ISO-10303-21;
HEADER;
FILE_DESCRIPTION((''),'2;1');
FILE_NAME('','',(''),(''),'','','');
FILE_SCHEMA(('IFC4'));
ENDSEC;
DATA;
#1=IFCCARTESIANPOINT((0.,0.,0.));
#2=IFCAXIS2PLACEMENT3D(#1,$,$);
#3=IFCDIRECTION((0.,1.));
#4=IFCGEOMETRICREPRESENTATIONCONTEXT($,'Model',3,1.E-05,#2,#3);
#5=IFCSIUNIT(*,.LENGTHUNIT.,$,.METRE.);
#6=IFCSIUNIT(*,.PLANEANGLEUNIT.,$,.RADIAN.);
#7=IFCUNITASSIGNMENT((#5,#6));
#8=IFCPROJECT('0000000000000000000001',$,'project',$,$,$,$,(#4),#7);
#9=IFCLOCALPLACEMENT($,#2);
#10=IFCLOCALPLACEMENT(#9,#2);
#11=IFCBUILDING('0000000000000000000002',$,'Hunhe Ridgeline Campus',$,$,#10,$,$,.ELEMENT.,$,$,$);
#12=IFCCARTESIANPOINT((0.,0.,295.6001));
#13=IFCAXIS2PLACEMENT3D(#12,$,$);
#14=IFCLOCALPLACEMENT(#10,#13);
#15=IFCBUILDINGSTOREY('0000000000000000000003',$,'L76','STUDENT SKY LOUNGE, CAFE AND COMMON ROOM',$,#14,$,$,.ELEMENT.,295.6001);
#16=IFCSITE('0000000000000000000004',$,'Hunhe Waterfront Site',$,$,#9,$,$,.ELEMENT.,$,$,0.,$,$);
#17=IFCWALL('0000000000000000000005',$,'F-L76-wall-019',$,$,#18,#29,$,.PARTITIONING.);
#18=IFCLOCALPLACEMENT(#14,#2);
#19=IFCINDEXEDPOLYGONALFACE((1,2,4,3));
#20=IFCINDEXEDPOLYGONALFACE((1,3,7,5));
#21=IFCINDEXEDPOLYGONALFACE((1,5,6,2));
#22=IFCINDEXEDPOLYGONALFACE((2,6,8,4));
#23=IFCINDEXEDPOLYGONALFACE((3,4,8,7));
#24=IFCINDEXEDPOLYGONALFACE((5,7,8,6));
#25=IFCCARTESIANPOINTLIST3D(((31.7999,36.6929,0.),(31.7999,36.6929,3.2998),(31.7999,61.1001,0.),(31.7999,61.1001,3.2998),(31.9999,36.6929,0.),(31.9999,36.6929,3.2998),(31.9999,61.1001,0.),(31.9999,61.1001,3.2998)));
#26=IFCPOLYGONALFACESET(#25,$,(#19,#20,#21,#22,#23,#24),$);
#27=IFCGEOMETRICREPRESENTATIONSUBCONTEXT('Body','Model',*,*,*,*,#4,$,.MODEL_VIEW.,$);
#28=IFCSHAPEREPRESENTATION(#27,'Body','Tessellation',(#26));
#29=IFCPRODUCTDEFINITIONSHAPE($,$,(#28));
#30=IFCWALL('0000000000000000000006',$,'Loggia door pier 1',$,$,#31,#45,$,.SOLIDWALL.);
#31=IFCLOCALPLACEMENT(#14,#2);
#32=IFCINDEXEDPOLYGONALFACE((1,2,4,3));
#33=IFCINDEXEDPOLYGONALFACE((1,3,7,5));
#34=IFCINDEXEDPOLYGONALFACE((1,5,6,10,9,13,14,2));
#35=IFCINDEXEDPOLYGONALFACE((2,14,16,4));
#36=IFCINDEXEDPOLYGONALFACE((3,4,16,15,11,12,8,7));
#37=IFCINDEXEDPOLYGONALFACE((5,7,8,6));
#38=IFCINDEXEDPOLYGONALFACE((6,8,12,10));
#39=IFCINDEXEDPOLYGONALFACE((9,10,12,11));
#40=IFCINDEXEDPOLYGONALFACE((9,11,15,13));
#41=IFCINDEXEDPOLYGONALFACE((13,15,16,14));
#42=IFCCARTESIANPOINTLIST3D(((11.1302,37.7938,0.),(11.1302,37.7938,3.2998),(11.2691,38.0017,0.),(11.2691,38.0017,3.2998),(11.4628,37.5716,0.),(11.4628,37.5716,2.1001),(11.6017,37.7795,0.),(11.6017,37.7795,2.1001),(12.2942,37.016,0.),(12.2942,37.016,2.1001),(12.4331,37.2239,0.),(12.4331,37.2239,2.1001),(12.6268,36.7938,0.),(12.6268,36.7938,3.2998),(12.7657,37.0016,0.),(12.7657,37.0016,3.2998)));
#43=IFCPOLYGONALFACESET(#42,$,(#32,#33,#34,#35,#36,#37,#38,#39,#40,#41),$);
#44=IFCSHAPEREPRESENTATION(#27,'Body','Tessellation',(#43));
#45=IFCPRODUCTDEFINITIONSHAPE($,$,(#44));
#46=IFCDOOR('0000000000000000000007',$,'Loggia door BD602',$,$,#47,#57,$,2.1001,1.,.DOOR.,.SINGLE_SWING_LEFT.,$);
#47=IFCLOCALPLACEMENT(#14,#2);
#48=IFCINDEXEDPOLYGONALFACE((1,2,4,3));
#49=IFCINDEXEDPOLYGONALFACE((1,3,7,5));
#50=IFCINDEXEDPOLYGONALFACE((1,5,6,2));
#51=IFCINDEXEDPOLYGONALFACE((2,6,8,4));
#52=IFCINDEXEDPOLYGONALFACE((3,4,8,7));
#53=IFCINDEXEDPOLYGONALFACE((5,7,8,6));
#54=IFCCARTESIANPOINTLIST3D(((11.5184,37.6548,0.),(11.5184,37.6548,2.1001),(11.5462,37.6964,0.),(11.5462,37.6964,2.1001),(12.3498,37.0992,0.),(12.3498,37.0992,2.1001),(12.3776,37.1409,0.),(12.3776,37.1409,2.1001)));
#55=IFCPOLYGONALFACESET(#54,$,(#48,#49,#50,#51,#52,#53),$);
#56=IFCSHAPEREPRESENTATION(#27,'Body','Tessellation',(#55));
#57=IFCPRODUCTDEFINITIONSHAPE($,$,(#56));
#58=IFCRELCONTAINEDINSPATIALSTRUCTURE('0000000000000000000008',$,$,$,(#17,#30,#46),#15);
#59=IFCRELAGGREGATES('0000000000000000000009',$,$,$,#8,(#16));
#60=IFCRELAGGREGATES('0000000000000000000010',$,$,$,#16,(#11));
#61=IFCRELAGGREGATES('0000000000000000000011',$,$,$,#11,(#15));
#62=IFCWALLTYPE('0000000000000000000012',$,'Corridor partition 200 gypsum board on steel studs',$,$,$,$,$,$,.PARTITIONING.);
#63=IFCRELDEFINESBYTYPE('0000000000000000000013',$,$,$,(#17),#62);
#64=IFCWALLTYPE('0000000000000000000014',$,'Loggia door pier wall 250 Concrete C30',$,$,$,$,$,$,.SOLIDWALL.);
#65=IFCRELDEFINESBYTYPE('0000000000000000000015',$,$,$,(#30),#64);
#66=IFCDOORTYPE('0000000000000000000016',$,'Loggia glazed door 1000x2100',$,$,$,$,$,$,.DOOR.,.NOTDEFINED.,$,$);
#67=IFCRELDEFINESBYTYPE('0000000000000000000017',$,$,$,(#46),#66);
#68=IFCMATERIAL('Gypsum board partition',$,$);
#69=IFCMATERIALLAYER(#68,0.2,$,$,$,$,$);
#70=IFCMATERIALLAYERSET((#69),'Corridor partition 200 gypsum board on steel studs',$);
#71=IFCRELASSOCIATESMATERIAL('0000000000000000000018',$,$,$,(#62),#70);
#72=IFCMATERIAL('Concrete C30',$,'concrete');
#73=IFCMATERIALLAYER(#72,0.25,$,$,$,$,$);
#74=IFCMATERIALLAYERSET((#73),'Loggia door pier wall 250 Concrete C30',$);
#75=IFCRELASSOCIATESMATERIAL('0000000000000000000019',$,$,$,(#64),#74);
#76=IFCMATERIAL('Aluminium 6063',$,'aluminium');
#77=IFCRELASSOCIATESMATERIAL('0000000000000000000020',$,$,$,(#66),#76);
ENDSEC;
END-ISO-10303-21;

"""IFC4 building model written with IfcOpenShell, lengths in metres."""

from ifc_helpers import new_model, si_unit, direction, frame, frame_2d, origin, place, context, subcontext, project, spatial, rectangle, extrude, material, layer, layer_set, type_object, element, fill, save


model = new_model("IFC4")

# Units and contexts
model_context = context("Model", 3, precision=1e-05, world=origin(), true_north=direction((0.0, 1.0)))
body_context = subcontext(model_context, "Body", "Model", "MODEL_VIEW")
ifc_project = project(units=[si_unit("LENGTHUNIT", "METRE"), si_unit("PLANEANGLEUNIT", "RADIAN")], contexts=[model_context])

# Site, building, storey
site_placement = place(None, origin())
site = spatial("IfcSite", under=ifc_project, at=site_placement, Name="Hunhe Waterfront Site", CompositionType="ELEMENT", RefElevation=0.0)
building_placement = place(site_placement, origin())
building = spatial("IfcBuilding", under=site, at=building_placement, Name="Hunhe Ridgeline Campus", CompositionType="ELEMENT")
storey_placement = place(building_placement, frame((0.0, 0.0, 295.6001)))
storey = spatial("IfcBuildingStorey", under=building, at=storey_placement, Name="L76", Description="STUDENT SKY LOUNGE, CAFE AND COMMON ROOM", CompositionType="ELEMENT", Elevation=295.6001)

# Shared definitions
ifc_material_1 = material(Name="Aluminium 6063", Category="aluminium")

# Wall
ifc_material_2 = material(Name="Gypsum board partition")
ifc_layer_1 = layer(ifc_material_2, 0.2)
ifc_layer_set_1 = layer_set([ifc_layer_1], Name="Corridor partition 200 gypsum board on steel studs")
wall_type_1 = type_object("IfcWallType", Name="Corridor partition 200 gypsum board on steel studs", PredefinedType="PARTITIONING", material=ifc_layer_set_1)
wall_1_placement = place(storey_placement, frame((31.8999, 36.6929, 0.0), z_axis=(0.0, 0.0, 1.0), x_axis=(0.0, 1.0, 0.0)))
element("IfcWall", 1, at=wall_1_placement, inside=storey, type_object=wall_type_1, Name="F-L76-wall-019", PredefinedType="PARTITIONING", context=body_context, shape_type="SweptSolid", body=[
    extrude(rectangle(XDim=24.4072, YDim=0.2, at=frame_2d((12.2036, 0.0))), origin(), (0.0, 0.0, 1.0), 3.2998),
])

# Wall, opening, door
ifc_material_3 = material(Name="Concrete C30", Category="concrete")
ifc_layer_2 = layer(ifc_material_3, 0.25)
ifc_layer_set_2 = layer_set([ifc_layer_2], Name="Loggia door pier wall 250 Concrete C30")
wall_type_2 = type_object("IfcWallType", Name="Loggia door pier wall 250 Concrete C30", PredefinedType="SOLIDWALL", material=ifc_layer_set_2)
wall_2_placement = place(storey_placement, frame((11.1997, 37.8977, 0.0), z_axis=(0.0, 0.0, 1.0), x_axis=(0.831466, -0.555576, 0.0)))
wall_2 = element("IfcWall", 2, at=wall_2_placement, inside=storey, type_object=wall_type_2, Name="Loggia door pier 1", PredefinedType="SOLIDWALL", context=body_context, shape_type="SweptSolid", body=[
    extrude(rectangle(XDim=1.8, YDim=0.25, at=frame_2d((0.8999, 0.0))), origin(), (0.0, 0.0, 1.0), 3.2998),
])
opening_placement = place(wall_2_placement, frame((0.3999, 0.0, 0.0)))
opening = element("IfcOpeningElement", 3, at=opening_placement, cuts=wall_2, PredefinedType="OPENING", context=body_context, shape_type="SweptSolid", body=[
    extrude(rectangle(XDim=1.0, YDim=2.1001, at=frame_2d((0.5, 1.05))), frame((0.0, 0.125, 0.0), z_axis=(0.0, -1.0, 0.0), x_axis=(1.0, 0.0, 0.0)), (0.0, 0.0, 1.0), 0.25),
])
door_type = type_object("IfcDoorType", Name="Loggia glazed door 1000x2100", OperationType="NOTDEFINED", PredefinedType="DOOR", material=ifc_material_1)
door_placement = place(opening_placement, frame((1.0, 0.0, 0.0), z_axis=(0.0, 0.0, 1.0), x_axis=(-1.0, 0.0, 0.0)))
door = element("IfcDoor", 4, at=door_placement, inside=storey, type_object=door_type, Name="Loggia door BD602", OperationType="SINGLE_SWING_LEFT", OverallHeight=2.1001, OverallWidth=1.0, PredefinedType="DOOR", context=body_context, shape_type="SweptSolid", body=[
    extrude(rectangle(XDim=1.0, YDim=2.1001, at=frame_2d((0.5, 1.05))), frame((0.0, 0.0249, 0.0), z_axis=(0.0, -1.0, 0.0), x_axis=(1.0, 0.0, 0.0)), (0.0, 0.0, 1.0), 0.05),
])
fill(opening, door)

save(model, "model.ifc")
